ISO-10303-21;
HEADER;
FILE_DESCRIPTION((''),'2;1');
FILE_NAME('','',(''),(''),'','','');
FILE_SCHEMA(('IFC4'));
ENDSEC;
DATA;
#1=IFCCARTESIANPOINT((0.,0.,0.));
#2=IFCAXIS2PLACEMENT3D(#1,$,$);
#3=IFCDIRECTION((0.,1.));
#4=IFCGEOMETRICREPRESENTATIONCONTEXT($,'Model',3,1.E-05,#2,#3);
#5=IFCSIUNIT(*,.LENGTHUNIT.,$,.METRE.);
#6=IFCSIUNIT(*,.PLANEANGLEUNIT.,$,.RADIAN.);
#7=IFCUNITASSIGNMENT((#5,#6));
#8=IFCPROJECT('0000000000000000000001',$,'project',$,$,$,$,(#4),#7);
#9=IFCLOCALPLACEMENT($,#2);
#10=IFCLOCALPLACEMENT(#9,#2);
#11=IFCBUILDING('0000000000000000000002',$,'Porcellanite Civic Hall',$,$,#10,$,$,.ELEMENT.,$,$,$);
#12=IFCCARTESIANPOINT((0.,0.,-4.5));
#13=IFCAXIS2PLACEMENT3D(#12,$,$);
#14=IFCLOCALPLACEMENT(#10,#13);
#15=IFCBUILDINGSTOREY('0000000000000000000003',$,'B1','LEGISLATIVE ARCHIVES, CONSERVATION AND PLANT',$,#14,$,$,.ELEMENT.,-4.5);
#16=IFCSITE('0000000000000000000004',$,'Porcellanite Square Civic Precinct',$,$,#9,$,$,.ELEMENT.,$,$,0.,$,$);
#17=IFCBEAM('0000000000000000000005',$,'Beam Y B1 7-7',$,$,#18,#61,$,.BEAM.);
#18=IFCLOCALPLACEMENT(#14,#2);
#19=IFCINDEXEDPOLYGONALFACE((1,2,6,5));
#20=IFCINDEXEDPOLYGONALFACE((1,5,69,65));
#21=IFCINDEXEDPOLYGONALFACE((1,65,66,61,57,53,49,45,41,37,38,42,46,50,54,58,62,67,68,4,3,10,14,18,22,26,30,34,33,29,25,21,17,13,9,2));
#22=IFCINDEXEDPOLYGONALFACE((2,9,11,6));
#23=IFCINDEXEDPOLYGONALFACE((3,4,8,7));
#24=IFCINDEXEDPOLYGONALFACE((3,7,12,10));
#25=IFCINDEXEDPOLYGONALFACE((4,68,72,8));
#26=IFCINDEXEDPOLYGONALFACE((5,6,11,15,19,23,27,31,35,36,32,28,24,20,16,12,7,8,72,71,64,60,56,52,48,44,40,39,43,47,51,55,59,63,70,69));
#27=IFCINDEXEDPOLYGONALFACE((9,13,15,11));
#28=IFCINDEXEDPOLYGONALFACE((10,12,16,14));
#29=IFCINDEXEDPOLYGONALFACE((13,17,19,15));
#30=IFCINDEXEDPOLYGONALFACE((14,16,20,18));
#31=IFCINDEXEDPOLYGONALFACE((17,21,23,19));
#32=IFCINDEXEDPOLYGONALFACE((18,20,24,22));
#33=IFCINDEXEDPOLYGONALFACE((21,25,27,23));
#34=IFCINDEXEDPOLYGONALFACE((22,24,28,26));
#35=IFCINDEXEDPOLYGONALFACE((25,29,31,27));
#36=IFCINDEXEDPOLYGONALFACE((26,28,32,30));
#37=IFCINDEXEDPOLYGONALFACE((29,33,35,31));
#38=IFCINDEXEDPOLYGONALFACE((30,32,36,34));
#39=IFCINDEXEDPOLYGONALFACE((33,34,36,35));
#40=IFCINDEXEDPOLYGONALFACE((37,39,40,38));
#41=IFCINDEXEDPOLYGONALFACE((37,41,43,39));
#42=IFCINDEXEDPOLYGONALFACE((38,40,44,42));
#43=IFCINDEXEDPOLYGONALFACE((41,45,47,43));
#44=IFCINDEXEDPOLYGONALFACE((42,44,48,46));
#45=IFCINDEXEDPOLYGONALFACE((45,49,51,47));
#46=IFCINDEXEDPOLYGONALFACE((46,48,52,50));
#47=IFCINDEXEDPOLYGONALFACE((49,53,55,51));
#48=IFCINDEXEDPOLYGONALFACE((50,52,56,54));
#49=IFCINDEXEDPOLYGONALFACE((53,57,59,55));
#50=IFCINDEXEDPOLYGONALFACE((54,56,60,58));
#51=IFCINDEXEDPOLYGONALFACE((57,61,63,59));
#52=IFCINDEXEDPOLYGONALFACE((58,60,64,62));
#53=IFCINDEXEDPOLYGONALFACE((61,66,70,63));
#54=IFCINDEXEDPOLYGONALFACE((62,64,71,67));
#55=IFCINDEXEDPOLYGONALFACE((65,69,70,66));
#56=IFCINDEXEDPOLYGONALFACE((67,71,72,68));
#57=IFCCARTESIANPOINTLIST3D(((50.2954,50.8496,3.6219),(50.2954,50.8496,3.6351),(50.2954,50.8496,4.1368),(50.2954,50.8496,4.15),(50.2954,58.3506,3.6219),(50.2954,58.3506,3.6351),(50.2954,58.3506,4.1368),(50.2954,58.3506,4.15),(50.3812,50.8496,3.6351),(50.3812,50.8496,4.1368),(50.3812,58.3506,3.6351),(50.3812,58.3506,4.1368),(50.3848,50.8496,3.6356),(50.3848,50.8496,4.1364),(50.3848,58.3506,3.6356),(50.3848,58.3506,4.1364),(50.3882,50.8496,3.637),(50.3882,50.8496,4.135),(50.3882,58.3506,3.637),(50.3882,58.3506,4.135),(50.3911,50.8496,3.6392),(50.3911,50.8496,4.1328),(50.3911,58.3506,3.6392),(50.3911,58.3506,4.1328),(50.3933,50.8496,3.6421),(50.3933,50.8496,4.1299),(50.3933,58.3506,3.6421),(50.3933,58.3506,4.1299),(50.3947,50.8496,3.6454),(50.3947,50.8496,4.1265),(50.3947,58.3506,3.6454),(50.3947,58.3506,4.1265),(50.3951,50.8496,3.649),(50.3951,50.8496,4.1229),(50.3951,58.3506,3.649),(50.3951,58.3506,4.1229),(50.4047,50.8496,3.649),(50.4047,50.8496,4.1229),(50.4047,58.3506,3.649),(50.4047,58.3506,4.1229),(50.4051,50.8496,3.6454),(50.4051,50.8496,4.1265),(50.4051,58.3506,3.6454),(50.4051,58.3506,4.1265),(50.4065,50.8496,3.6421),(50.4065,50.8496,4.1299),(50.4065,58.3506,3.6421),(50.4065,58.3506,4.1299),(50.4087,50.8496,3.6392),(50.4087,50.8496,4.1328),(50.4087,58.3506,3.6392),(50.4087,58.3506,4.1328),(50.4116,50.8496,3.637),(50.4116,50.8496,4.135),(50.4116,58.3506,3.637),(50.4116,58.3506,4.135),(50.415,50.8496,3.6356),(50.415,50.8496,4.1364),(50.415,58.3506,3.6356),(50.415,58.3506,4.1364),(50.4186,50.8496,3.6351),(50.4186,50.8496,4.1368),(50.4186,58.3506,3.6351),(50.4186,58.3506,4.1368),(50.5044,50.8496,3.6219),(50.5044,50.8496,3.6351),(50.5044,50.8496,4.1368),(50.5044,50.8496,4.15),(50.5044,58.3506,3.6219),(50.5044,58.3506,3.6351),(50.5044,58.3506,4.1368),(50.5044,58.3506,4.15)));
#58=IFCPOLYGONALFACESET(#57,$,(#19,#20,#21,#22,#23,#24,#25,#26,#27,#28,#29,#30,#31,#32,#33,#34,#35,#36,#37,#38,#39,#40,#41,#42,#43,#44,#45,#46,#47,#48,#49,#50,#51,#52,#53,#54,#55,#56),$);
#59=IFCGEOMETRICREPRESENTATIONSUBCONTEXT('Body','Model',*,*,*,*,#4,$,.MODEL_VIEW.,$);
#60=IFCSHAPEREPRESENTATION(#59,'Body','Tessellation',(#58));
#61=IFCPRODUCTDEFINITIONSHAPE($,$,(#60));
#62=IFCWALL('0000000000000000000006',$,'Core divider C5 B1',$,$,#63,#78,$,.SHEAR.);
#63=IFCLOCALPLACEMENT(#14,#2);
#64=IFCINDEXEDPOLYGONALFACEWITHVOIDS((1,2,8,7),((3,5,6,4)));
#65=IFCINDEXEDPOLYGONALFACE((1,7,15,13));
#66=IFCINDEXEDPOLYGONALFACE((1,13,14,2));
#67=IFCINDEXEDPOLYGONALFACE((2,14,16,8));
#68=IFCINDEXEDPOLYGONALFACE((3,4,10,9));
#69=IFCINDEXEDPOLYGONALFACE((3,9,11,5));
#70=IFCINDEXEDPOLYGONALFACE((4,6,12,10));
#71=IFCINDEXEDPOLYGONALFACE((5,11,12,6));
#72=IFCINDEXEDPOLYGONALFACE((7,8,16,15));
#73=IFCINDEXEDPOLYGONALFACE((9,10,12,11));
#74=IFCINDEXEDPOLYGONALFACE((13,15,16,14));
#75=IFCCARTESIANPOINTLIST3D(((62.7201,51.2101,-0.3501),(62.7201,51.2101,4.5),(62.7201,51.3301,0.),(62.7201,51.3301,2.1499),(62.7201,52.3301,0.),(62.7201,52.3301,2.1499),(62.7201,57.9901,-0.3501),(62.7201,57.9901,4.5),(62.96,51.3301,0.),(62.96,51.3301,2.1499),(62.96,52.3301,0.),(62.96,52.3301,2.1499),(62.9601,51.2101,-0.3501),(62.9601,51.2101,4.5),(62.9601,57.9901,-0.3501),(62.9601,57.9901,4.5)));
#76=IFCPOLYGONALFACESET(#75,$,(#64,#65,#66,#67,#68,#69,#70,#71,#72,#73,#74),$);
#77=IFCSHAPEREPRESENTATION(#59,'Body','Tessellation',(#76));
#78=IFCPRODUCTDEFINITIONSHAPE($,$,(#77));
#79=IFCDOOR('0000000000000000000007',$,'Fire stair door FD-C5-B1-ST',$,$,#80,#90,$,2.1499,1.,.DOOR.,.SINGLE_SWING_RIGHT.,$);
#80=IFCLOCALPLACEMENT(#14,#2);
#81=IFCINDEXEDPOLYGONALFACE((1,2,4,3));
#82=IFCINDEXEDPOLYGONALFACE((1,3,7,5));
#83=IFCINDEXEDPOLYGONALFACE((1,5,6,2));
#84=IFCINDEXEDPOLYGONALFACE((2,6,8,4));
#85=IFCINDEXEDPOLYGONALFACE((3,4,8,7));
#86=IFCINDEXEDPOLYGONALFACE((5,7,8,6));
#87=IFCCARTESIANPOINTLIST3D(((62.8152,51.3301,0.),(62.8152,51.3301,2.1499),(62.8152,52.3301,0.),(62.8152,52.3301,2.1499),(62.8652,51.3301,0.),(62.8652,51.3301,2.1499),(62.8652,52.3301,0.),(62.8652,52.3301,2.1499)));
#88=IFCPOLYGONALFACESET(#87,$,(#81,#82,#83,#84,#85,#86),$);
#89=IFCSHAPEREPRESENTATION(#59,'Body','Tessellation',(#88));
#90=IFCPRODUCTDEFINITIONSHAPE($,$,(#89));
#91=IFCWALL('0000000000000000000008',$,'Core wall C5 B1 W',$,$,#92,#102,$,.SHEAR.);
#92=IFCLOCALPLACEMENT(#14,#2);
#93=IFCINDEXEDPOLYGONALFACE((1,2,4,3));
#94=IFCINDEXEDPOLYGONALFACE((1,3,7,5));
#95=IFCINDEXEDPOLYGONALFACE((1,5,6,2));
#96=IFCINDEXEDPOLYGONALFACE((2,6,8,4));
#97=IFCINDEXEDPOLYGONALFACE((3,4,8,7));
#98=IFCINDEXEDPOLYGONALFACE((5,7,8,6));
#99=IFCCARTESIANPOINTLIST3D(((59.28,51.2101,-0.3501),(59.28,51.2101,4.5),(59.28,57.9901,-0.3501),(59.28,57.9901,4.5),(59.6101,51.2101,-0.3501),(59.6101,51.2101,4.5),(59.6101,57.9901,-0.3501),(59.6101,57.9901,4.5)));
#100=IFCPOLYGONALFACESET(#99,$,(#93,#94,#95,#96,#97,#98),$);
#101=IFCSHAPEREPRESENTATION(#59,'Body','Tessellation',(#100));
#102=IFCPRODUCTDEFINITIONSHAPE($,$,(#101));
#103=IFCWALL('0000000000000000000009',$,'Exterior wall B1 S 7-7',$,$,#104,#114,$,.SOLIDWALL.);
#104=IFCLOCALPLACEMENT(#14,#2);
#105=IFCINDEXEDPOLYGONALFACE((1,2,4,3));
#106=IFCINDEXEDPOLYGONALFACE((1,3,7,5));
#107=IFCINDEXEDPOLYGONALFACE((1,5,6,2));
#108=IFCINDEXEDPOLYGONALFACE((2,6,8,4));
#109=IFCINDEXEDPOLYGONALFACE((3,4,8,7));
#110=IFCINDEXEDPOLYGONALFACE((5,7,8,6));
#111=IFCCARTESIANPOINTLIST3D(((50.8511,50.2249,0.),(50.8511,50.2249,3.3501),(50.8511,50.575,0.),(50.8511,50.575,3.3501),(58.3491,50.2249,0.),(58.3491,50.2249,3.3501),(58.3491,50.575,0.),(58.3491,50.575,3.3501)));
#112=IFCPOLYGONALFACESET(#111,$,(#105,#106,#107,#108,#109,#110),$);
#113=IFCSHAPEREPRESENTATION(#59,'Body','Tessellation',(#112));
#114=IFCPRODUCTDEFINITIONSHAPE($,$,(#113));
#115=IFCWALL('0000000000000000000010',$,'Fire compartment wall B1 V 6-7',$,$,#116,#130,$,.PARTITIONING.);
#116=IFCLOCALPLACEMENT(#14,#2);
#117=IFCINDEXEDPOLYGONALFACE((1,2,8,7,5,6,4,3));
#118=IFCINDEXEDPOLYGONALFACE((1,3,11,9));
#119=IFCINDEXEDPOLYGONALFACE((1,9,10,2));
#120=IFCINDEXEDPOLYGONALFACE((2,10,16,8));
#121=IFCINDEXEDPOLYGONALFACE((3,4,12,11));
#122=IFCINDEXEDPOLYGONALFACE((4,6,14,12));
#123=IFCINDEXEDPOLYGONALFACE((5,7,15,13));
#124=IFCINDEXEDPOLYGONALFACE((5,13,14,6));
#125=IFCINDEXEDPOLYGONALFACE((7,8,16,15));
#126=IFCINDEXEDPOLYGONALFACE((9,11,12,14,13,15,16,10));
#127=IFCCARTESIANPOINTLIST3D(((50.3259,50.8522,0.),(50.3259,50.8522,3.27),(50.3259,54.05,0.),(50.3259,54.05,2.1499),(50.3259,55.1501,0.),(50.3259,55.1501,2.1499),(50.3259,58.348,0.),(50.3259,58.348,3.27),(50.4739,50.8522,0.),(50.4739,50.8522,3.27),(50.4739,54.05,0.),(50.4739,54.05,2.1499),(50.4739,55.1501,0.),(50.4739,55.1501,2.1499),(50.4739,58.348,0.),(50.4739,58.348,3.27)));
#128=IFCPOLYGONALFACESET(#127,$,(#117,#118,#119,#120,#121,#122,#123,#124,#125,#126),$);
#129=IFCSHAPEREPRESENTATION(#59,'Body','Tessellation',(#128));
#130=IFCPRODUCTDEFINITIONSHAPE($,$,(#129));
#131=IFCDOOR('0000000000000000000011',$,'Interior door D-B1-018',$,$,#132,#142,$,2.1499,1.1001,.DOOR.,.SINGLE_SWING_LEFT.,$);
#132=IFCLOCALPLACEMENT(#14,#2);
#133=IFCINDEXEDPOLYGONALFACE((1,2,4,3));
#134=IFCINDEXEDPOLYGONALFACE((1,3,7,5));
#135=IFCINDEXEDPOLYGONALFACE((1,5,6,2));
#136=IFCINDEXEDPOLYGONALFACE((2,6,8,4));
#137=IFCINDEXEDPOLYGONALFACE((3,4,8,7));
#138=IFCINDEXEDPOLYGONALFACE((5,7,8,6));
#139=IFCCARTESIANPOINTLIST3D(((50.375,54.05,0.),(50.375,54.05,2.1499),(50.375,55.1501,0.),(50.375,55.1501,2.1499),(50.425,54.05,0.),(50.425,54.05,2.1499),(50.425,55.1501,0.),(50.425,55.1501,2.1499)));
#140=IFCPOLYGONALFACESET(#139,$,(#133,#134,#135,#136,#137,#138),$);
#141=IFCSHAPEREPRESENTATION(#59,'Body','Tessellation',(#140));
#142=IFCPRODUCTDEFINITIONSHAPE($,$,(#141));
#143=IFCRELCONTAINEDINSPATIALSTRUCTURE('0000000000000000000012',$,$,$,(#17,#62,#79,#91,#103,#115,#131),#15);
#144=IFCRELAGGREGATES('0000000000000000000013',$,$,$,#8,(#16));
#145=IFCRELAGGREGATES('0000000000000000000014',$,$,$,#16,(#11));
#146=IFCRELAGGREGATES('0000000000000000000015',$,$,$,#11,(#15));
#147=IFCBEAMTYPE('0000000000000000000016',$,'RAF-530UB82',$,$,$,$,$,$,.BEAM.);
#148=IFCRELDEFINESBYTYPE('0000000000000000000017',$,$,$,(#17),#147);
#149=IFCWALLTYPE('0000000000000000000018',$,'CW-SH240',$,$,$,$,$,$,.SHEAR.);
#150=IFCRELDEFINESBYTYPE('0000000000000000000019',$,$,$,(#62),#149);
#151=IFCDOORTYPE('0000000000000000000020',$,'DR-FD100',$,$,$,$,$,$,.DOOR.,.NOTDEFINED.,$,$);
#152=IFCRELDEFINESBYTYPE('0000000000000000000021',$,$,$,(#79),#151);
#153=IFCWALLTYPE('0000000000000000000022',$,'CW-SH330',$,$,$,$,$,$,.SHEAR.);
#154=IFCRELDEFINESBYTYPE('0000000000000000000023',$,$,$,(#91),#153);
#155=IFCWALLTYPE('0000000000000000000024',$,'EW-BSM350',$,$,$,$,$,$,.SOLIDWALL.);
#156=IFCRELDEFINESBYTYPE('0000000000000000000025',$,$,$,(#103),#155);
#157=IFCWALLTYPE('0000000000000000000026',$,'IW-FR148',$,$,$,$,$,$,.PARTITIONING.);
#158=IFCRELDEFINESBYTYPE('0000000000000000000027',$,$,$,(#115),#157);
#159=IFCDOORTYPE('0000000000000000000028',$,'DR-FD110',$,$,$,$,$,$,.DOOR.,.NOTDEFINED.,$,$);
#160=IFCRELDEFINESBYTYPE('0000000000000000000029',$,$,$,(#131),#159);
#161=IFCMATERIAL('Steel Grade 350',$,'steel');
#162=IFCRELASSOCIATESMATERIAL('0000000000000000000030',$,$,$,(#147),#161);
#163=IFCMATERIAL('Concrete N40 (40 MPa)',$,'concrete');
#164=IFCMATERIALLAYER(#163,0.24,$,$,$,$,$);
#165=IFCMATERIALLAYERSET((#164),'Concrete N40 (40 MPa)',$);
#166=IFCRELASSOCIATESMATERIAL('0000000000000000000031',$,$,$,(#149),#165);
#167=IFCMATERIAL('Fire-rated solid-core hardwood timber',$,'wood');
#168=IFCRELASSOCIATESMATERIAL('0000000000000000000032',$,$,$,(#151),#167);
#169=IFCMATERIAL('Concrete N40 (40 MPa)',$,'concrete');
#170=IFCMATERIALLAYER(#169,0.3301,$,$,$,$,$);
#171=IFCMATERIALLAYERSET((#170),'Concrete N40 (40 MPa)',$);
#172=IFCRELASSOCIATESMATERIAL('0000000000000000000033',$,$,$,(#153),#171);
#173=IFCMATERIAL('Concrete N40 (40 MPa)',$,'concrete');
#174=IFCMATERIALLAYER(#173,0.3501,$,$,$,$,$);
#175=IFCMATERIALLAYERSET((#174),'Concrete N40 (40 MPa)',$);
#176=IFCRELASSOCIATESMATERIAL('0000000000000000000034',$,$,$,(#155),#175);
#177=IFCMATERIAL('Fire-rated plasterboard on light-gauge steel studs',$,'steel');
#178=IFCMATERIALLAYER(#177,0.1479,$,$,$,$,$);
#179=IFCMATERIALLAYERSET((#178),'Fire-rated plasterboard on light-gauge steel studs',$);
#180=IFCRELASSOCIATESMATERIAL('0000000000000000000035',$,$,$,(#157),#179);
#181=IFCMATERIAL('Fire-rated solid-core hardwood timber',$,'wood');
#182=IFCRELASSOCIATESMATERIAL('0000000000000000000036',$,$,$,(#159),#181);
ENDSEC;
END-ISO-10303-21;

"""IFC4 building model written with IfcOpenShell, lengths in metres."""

from ifc_helpers import new_model, si_unit, direction, frame, frame_2d, origin, origin_2d, place, context, subcontext, project, spatial, rectangle, i_section, extrude, material, layer, layer_set, material_profile, profile_set, type_object, element, fill, save


model = new_model("IFC4")

# Units and contexts
model_context = context("Model", 3, precision=1e-05, world=origin(), true_north=direction((0.0, 1.0)))
body_context = subcontext(model_context, "Body", "Model", "MODEL_VIEW")
ifc_project = project(units=[si_unit("LENGTHUNIT", "METRE"), si_unit("PLANEANGLEUNIT", "RADIAN")], contexts=[model_context])

# Site, building, storey
site_placement = place(None, origin())
site = spatial("IfcSite", under=ifc_project, at=site_placement, Name="Porcellanite Square Civic Precinct", CompositionType="ELEMENT", RefElevation=0.0)
building_placement = place(site_placement, origin())
building = spatial("IfcBuilding", under=site, at=building_placement, Name="Porcellanite Civic Hall", CompositionType="ELEMENT")
storey_placement = place(building_placement, frame((0.0, 0.0, -4.5)))
storey = spatial("IfcBuildingStorey", under=building, at=storey_placement, Name="B1", Description="LEGISLATIVE ARCHIVES, CONSERVATION AND PLANT", CompositionType="ELEMENT", Elevation=-4.5)

# Beam
ifc_material_1 = material(Name="Steel Grade 350", Category="steel")
ifc_material_profile_1 = material_profile(ifc_material_1, i_section(OverallWidth=0.209, OverallDepth=0.5281, WebThickness=0.0095, FlangeThickness=0.0132, FilletRadius=0.0139, at=origin_2d()), Name="530UB82.0")
ifc_profile_set_1 = profile_set([ifc_material_profile_1], Name="Steel Grade 350")
beam_type_1 = type_object("IfcBeamType", Name="RAF-530UB82", PredefinedType="BEAM", material=ifc_profile_set_1)
beam_1_placement = place(storey_placement, frame((50.3999, 50.8496, 3.886), z_axis=(0.0, 1.0, 0.0), x_axis=(-1.0, 0.0, 0.0)))
element("IfcBeam", 1, at=beam_1_placement, inside=storey, type_object=beam_type_1, Name="Beam Y B1 7-7", PredefinedType="BEAM", context=body_context, shape_type="SweptSolid", body=[
    extrude(i_section(OverallWidth=0.209, OverallDepth=0.5281, WebThickness=0.0095, FlangeThickness=0.0132, FilletRadius=0.0139, at=origin_2d()), origin(), (0.0, 0.0, 1.0), 7.501),
])

# Wall, opening, door
ifc_material_2 = material(Name="Concrete N40 (40 MPa)", Category="concrete")
ifc_layer_1 = layer(ifc_material_2, 0.24)
ifc_layer_set_1 = layer_set([ifc_layer_1], Name="Concrete N40 (40 MPa)")
wall_type_1 = type_object("IfcWallType", Name="CW-SH240", PredefinedType="SHEAR", material=ifc_layer_set_1)
wall_1_placement = place(storey_placement, frame((62.8401, 51.21, -0.3501), z_axis=(0.0, 0.0, 1.0), x_axis=(0.0, 1.0, 0.0)))
wall_1 = element("IfcWall", 2, at=wall_1_placement, inside=storey, type_object=wall_type_1, Name="Core divider C5 B1", PredefinedType="SHEAR", context=body_context, shape_type="SweptSolid", body=[
    extrude(rectangle(XDim=6.78, YDim=0.24, at=frame_2d((3.3901, 0.0))), origin(), (0.0, 0.0, 1.0), 4.8501),
])
opening_1_placement = place(wall_1_placement, frame((0.1201, 0.0, 0.3501)))
opening_1 = element("IfcOpeningElement", 3, at=opening_1_placement, cuts=wall_1, PredefinedType="OPENING", context=body_context, shape_type="SweptSolid", body=[
    extrude(rectangle(XDim=1.0, YDim=2.1499, at=frame_2d((0.5, 1.075))), frame((0.0, 0.1201, 0.0), z_axis=(0.0, -1.0, 0.0), x_axis=(1.0, 0.0, 0.0)), (0.0, 0.0, 1.0), 0.24),
])
ifc_material_3 = material(Name="Fire-rated solid-core hardwood timber", Category="wood")
door_type_1 = type_object("IfcDoorType", Name="DR-FD100", OperationType="NOTDEFINED", PredefinedType="DOOR", material=ifc_material_3)
door_1_placement = place(opening_1_placement, origin())
door_1 = element("IfcDoor", 4, at=door_1_placement, inside=storey, type_object=door_type_1, Name="Fire stair door FD-C5-B1-ST", OperationType="SINGLE_SWING_RIGHT", OverallHeight=2.1499, OverallWidth=1.0, PredefinedType="DOOR", context=body_context, shape_type="SweptSolid", body=[
    extrude(rectangle(XDim=1.0, YDim=2.1499, at=frame_2d((0.5, 1.075))), frame((0.0, 0.0249, 0.0), z_axis=(0.0, -1.0, 0.0), x_axis=(1.0, 0.0, 0.0)), (0.0, 0.0, 1.0), 0.05),
])
fill(opening_1, door_1)

# Walls
ifc_material_4 = material(Name="Concrete N40 (40 MPa)", Category="concrete")
ifc_layer_2 = layer(ifc_material_4, 0.3301)
ifc_layer_set_2 = layer_set([ifc_layer_2], Name="Concrete N40 (40 MPa)")
wall_type_2 = type_object("IfcWallType", Name="CW-SH330", PredefinedType="SHEAR", material=ifc_layer_set_2)
wall_2_placement = place(storey_placement, frame((59.4451, 51.21, -0.3501), z_axis=(0.0, 0.0, 1.0), x_axis=(0.0, 1.0, 0.0)))
element("IfcWall", 5, at=wall_2_placement, inside=storey, type_object=wall_type_2, Name="Core wall C5 B1 W", PredefinedType="SHEAR", context=body_context, shape_type="SweptSolid", body=[
    extrude(rectangle(XDim=6.78, YDim=0.3301, at=frame_2d((3.3901, 0.0))), origin(), (0.0, 0.0, 1.0), 4.8501),
])
ifc_material_5 = material(Name="Concrete N40 (40 MPa)", Category="concrete")
ifc_layer_3 = layer(ifc_material_5, 0.3501)
ifc_layer_set_3 = layer_set([ifc_layer_3], Name="Concrete N40 (40 MPa)")
wall_type_3 = type_object("IfcWallType", Name="EW-BSM350", PredefinedType="SOLIDWALL", material=ifc_layer_set_3)
wall_3_placement = place(storey_placement, frame((58.3491, 50.3999, 0.0), z_axis=(0.0, 0.0, 1.0), x_axis=(-1.0, 0.0, 0.0)))
element("IfcWall", 6, at=wall_3_placement, inside=storey, type_object=wall_type_3, Name="Exterior wall B1 S 7-7", PredefinedType="SOLIDWALL", context=body_context, shape_type="SweptSolid", body=[
    extrude(rectangle(XDim=7.498, YDim=0.3501, at=frame_2d((3.749, 0.0))), origin(), (0.0, 0.0, 1.0), 3.3501),
])

# Wall, opening, door
ifc_material_6 = material(Name="Fire-rated plasterboard on light-gauge steel studs", Category="steel")
ifc_layer_4 = layer(ifc_material_6, 0.1479)
ifc_layer_set_4 = layer_set([ifc_layer_4], Name="Fire-rated plasterboard on light-gauge steel studs")
wall_type_4 = type_object("IfcWallType", Name="IW-FR148", PredefinedType="PARTITIONING", material=ifc_layer_set_4)
wall_4_placement = place(storey_placement, frame((50.3999, 50.8521, 0.0), z_axis=(0.0, 0.0, 1.0), x_axis=(0.0, 1.0, 0.0)))
wall_4 = element("IfcWall", 7, at=wall_4_placement, inside=storey, type_object=wall_type_4, Name="Fire compartment wall B1 V 6-7", PredefinedType="PARTITIONING", context=body_context, shape_type="SweptSolid", body=[
    extrude(rectangle(XDim=7.4958, YDim=0.1479, at=frame_2d((3.748, 0.0))), origin(), (0.0, 0.0, 1.0), 3.27),
])
opening_2_placement = place(wall_4_placement, frame((3.198, 0.0, 0.0)))
opening_2 = element("IfcOpeningElement", 8, at=opening_2_placement, cuts=wall_4, PredefinedType="OPENING", context=body_context, shape_type="SweptSolid", body=[
    extrude(rectangle(XDim=1.1001, YDim=2.1499, at=frame_2d((0.55, 1.075))), frame((0.0, 0.074, 0.0), z_axis=(0.0, -1.0, 0.0), x_axis=(1.0, 0.0, 0.0)), (0.0, 0.0, 1.0), 0.1479),
])
ifc_material_7 = material(Name="Fire-rated solid-core hardwood timber", Category="wood")
door_type_2 = type_object("IfcDoorType", Name="DR-FD110", OperationType="NOTDEFINED", PredefinedType="DOOR", material=ifc_material_7)
door_2_placement = place(opening_2_placement, origin())
door_2 = element("IfcDoor", 9, at=door_2_placement, inside=storey, type_object=door_type_2, Name="Interior door D-B1-018", OperationType="SINGLE_SWING_LEFT", OverallHeight=2.1499, OverallWidth=1.1001, PredefinedType="DOOR", context=body_context, shape_type="SweptSolid", body=[
    extrude(rectangle(XDim=1.1001, YDim=2.1499, at=frame_2d((0.55, 1.075))), frame((0.0, 0.0249, 0.0), z_axis=(0.0, -1.0, 0.0), x_axis=(1.0, 0.0, 0.0)), (0.0, 0.0, 1.0), 0.05),
])
fill(opening_2, door_2)

save(model, "model.ifc")
